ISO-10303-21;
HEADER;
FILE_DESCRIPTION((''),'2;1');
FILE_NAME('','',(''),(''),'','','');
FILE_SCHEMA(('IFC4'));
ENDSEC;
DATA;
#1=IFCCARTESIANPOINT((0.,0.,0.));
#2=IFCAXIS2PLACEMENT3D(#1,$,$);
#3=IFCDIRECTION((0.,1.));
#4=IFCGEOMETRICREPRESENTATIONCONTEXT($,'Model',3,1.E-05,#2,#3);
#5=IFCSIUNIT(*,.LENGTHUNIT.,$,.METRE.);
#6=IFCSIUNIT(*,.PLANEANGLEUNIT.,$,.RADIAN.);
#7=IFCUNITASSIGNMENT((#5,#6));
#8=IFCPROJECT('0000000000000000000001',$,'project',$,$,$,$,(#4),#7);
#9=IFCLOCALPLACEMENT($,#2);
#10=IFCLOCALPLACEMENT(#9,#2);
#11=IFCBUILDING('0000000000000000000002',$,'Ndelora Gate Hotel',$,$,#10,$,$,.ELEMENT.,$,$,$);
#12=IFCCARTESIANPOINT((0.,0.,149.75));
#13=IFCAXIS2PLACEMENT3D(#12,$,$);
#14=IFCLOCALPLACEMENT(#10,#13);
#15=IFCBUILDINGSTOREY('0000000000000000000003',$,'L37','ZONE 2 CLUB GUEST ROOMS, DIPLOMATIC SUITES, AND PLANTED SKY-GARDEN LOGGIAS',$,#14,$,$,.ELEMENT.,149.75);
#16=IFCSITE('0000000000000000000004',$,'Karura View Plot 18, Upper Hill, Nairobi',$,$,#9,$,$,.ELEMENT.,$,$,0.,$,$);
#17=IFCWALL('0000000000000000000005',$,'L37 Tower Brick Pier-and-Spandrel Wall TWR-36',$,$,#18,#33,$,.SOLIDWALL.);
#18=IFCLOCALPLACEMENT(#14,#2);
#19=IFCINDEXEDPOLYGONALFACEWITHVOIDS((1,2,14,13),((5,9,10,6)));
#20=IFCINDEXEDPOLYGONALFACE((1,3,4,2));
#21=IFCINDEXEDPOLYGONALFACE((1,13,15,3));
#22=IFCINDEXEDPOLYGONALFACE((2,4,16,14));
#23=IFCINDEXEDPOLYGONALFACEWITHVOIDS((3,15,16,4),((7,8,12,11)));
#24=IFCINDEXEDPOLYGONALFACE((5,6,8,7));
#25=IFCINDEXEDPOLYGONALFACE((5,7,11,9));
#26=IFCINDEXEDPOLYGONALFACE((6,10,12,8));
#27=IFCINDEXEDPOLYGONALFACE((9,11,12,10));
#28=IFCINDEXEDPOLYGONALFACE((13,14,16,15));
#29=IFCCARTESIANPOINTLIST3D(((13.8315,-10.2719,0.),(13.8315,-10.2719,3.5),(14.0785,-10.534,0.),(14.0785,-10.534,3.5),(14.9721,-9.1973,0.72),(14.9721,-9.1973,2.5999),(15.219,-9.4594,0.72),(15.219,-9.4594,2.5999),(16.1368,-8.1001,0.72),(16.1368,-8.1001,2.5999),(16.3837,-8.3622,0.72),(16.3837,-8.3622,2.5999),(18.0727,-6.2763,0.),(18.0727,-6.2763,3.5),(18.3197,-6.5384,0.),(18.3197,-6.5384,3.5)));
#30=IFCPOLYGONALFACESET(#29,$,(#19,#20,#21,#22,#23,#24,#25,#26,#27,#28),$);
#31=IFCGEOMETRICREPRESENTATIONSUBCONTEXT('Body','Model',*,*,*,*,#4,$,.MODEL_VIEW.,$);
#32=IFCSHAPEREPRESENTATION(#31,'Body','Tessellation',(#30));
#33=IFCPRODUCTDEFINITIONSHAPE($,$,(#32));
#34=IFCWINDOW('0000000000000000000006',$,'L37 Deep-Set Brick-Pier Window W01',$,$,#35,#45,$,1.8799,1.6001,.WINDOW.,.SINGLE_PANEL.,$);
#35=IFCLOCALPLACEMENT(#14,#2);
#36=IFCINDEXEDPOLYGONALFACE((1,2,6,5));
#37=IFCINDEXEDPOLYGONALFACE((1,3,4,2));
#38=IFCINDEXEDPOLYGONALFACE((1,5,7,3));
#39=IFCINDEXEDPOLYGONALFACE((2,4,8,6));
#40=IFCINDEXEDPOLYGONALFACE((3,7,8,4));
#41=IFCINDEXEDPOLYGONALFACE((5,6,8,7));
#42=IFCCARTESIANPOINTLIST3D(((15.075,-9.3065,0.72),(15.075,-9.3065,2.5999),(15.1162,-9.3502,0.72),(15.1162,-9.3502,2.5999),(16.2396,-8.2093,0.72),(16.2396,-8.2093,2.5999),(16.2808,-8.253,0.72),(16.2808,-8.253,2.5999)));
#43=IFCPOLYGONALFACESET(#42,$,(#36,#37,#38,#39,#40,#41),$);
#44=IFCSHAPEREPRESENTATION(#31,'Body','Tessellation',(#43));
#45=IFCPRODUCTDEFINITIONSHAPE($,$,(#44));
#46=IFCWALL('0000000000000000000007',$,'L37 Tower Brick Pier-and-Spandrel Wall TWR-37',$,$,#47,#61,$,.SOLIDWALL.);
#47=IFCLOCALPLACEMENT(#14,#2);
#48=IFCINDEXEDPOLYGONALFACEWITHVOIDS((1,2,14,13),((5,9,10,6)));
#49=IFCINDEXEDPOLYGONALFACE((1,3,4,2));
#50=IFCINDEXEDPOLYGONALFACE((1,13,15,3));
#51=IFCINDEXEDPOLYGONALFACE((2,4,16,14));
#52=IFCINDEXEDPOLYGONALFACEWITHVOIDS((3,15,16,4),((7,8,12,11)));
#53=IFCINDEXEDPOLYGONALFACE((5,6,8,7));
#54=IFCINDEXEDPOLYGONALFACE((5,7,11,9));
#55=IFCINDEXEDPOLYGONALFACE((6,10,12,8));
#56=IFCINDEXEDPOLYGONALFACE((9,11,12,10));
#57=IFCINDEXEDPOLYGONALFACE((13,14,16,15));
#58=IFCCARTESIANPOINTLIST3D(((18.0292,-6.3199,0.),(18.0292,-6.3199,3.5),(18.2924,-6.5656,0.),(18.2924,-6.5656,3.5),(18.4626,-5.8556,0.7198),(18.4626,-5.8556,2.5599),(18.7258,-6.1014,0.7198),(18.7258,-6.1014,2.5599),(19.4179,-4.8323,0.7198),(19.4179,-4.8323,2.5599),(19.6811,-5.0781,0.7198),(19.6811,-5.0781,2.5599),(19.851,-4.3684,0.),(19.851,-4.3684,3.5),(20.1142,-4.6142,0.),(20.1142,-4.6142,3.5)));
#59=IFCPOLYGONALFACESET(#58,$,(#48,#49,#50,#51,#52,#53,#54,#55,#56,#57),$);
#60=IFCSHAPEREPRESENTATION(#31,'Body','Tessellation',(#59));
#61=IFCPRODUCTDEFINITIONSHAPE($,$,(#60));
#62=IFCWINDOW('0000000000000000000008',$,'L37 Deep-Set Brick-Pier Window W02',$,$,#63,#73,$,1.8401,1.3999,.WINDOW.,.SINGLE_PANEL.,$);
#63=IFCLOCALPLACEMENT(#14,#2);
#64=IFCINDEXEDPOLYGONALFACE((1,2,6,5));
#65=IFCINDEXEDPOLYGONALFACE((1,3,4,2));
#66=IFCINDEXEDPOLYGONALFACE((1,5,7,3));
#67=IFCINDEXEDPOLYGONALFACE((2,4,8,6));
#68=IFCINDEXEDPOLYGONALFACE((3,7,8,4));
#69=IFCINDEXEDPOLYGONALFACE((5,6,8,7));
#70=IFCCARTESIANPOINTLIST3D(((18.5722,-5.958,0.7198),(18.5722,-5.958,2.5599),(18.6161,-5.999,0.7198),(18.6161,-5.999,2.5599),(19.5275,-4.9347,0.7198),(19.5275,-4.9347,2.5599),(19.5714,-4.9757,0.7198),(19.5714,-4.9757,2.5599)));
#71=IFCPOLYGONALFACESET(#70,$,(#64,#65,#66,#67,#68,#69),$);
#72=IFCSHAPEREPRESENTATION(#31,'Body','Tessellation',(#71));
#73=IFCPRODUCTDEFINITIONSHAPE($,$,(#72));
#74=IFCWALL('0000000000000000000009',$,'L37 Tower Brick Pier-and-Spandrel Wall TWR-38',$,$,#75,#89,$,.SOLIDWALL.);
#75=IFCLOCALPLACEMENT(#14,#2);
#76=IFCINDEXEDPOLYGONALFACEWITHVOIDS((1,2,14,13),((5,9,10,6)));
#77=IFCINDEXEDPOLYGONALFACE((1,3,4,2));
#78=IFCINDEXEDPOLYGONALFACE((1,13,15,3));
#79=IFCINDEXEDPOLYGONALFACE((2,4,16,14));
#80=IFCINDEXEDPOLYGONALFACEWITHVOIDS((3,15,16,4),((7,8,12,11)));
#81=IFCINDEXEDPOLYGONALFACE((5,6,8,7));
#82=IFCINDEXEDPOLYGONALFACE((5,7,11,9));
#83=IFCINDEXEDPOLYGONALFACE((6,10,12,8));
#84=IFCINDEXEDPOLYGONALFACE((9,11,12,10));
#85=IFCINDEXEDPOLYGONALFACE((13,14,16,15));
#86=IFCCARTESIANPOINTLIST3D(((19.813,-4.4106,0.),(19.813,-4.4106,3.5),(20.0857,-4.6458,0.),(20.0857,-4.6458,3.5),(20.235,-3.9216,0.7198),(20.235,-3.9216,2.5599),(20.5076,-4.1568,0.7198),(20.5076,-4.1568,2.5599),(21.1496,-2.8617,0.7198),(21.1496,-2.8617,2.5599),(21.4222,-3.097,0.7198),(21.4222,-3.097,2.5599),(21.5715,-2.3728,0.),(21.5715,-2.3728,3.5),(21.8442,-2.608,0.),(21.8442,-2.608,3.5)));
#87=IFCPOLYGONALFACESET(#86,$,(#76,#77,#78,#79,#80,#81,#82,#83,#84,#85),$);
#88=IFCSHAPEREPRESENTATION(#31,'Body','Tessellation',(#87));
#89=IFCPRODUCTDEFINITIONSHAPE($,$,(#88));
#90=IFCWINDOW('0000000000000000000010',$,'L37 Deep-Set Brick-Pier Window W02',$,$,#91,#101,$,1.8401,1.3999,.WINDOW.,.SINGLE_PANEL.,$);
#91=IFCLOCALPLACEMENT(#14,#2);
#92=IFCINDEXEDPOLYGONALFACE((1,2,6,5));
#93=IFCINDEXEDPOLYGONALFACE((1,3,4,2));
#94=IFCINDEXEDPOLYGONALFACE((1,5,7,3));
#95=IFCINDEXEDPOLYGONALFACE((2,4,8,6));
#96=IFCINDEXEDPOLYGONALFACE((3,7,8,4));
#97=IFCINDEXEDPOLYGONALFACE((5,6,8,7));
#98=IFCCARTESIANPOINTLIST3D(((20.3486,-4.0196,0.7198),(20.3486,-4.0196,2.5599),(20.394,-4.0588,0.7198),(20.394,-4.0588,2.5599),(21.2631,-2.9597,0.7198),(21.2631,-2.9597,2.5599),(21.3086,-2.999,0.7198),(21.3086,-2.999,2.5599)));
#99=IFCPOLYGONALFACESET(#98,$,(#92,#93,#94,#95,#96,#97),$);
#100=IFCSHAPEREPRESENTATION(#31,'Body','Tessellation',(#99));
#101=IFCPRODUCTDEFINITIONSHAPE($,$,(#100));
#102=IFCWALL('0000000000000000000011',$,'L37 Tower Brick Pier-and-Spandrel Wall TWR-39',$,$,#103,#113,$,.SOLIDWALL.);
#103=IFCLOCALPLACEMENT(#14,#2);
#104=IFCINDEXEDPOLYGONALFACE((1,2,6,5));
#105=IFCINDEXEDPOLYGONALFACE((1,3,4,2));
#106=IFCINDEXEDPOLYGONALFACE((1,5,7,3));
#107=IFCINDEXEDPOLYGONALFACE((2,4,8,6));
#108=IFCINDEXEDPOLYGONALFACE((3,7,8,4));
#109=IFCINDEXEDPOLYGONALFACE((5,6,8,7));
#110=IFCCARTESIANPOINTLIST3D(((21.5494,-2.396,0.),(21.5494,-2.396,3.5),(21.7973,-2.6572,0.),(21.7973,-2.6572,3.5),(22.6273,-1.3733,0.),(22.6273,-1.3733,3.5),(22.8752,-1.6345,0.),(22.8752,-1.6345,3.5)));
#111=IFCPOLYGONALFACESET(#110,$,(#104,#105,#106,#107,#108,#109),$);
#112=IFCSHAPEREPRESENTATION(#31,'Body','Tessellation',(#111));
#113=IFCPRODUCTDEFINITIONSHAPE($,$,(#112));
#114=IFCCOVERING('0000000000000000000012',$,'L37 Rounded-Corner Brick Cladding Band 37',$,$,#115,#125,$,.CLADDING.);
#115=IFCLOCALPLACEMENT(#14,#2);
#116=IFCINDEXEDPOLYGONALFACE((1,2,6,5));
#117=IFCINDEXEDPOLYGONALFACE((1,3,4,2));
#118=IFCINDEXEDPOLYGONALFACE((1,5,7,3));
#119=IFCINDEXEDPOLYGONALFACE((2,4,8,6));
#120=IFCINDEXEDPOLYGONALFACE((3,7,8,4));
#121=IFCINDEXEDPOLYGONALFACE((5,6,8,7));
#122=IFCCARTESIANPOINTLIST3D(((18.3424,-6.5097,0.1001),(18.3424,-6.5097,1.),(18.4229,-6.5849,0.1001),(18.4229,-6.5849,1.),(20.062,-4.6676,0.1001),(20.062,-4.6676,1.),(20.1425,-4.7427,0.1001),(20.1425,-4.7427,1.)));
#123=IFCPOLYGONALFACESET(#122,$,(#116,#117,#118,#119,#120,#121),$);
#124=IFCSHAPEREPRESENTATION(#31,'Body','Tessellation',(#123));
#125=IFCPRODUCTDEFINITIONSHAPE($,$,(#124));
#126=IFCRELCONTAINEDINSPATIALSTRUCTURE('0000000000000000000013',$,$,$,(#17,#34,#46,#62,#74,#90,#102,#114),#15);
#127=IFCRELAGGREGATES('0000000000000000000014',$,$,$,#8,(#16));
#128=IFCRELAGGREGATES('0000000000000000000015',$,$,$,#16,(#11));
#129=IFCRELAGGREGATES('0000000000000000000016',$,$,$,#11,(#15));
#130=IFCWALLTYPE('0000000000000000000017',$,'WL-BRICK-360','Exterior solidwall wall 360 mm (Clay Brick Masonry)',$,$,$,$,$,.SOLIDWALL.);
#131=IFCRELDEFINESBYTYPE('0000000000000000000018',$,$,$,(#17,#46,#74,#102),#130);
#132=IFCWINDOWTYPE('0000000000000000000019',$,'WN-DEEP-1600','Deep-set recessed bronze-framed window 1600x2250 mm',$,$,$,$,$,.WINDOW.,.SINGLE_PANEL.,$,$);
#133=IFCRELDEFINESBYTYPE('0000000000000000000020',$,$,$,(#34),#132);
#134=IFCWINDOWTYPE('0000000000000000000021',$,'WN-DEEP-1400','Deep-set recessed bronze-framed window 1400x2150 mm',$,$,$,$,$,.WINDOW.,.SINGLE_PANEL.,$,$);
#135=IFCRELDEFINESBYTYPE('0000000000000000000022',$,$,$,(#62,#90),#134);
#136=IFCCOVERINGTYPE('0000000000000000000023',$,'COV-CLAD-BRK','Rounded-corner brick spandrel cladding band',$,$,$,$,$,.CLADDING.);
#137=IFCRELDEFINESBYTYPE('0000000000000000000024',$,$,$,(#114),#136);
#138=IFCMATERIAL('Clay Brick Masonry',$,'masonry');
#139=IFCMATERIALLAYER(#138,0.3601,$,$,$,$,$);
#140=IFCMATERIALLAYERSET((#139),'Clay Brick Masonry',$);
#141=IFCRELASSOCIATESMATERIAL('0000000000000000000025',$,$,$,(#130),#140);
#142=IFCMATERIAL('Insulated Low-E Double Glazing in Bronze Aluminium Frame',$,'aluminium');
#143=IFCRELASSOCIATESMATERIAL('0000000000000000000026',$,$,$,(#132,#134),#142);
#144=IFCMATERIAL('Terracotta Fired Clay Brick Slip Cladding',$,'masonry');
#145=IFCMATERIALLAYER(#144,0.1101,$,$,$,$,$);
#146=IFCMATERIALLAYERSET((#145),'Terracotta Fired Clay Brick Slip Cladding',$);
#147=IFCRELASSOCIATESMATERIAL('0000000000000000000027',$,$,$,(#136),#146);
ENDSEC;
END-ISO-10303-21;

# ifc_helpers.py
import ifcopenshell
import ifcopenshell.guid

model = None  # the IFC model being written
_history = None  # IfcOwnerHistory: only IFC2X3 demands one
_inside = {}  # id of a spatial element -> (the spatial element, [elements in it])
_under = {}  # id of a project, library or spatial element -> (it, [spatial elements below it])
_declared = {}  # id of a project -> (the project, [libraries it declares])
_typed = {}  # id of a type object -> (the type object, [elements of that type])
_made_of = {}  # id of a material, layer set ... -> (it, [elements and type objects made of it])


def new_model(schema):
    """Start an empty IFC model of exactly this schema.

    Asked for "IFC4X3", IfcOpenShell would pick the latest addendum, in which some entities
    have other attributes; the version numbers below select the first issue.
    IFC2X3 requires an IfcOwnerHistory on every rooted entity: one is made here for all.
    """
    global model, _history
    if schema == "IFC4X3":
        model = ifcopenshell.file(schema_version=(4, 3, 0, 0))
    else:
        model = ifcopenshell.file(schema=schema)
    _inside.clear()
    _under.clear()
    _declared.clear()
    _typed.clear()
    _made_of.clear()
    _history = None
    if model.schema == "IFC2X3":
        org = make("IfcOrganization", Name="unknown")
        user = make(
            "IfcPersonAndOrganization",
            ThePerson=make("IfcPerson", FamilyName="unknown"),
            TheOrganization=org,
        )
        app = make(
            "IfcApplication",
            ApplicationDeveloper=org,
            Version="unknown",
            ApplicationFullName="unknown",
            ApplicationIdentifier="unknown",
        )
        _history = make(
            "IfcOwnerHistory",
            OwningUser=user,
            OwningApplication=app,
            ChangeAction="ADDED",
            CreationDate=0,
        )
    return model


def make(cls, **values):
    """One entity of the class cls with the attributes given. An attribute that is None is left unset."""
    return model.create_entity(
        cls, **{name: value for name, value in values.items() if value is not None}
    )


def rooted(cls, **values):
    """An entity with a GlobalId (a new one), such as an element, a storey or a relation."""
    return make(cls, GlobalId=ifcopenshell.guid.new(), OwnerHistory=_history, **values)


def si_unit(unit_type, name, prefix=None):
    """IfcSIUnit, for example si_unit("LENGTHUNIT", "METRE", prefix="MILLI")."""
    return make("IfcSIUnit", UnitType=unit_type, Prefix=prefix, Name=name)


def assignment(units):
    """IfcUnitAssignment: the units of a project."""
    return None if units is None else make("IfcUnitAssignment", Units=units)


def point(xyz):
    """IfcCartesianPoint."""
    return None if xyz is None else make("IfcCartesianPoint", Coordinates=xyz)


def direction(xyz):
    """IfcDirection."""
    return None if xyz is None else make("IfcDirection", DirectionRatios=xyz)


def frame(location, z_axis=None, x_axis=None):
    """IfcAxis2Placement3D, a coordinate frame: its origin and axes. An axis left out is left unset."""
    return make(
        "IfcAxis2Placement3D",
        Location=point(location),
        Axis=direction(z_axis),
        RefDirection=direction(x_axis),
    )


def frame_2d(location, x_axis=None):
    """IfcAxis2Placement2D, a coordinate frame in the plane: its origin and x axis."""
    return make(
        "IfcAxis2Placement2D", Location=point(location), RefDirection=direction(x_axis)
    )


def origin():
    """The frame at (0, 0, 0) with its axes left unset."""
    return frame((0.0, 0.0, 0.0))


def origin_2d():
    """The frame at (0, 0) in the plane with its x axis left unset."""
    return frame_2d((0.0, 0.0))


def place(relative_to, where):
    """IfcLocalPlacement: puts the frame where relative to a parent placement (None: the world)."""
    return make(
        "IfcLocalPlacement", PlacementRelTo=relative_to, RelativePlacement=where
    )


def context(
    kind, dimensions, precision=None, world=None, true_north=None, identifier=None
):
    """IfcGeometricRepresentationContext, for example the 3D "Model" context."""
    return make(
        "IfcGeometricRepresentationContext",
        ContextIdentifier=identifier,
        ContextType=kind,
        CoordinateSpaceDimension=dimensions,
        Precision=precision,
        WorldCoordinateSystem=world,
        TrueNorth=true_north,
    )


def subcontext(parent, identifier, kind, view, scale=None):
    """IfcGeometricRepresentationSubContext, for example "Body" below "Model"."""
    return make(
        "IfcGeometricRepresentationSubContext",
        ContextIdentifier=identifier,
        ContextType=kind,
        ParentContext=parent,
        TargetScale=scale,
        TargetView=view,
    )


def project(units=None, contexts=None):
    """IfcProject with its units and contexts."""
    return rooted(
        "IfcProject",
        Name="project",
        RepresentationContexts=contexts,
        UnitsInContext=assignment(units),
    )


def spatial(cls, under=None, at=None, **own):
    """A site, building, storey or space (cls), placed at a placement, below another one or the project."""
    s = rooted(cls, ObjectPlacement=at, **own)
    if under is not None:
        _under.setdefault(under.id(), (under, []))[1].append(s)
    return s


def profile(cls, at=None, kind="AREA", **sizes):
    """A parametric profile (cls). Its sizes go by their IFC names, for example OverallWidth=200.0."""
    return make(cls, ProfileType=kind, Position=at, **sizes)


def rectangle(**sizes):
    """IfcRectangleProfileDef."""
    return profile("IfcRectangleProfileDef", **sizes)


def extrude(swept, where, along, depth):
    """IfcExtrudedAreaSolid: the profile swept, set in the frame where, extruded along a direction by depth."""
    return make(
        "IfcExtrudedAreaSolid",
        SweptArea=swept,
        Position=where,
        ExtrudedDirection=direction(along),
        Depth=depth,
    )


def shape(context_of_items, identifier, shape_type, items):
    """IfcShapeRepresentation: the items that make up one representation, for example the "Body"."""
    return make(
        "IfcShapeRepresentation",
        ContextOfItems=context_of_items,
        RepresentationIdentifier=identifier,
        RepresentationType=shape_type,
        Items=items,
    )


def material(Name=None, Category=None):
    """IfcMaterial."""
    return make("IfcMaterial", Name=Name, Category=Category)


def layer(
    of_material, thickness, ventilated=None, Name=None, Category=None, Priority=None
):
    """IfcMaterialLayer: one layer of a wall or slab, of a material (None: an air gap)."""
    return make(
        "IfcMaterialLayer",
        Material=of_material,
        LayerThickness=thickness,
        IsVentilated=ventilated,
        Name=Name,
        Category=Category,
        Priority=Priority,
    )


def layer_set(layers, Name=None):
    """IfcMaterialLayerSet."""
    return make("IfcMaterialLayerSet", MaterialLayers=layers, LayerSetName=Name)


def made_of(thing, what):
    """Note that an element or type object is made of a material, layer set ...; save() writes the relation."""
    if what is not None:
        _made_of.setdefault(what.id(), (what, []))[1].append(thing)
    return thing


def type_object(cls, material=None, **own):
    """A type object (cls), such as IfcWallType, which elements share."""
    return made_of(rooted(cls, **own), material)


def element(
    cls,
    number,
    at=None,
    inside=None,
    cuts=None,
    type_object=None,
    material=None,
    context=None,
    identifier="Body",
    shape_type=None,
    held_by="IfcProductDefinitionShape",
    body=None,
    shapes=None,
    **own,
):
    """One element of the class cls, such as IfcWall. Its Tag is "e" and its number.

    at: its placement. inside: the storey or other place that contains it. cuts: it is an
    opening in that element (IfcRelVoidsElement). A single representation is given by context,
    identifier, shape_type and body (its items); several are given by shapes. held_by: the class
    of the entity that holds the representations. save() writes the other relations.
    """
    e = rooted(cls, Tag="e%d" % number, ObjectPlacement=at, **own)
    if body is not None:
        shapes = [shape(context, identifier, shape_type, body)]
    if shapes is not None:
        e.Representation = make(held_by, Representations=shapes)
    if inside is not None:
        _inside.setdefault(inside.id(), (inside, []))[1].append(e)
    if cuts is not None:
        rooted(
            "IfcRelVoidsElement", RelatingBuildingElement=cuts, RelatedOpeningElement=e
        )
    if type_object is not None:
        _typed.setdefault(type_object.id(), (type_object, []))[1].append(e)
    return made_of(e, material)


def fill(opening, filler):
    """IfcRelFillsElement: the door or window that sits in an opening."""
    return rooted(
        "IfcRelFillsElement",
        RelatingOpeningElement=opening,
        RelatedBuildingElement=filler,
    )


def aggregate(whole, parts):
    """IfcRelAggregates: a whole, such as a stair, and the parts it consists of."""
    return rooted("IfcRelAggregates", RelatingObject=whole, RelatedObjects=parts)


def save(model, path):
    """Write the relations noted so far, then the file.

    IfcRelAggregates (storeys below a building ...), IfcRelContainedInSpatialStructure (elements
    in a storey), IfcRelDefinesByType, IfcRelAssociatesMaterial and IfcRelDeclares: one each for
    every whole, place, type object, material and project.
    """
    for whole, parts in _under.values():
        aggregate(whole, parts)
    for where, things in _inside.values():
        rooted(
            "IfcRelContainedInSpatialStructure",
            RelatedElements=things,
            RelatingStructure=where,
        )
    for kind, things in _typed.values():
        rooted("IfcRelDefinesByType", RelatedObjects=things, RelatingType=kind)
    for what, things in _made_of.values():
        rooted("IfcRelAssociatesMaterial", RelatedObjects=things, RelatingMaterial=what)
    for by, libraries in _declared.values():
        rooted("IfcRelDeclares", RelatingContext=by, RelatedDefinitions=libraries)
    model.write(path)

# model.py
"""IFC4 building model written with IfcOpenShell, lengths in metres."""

from ifc_helpers import new_model, si_unit, direction, frame, frame_2d, origin, origin_2d, place, context, subcontext, project, spatial, rectangle, extrude, material, layer, layer_set, type_object, element, fill, save


model = new_model("IFC4")

# Units and contexts
model_context = context("Model", 3, precision=1e-05, world=origin(), true_north=direction((0.0, 1.0)))
body_context = subcontext(model_context, "Body", "Model", "MODEL_VIEW")
ifc_project = project(units=[si_unit("LENGTHUNIT", "METRE"), si_unit("PLANEANGLEUNIT", "RADIAN")], contexts=[model_context])

# Site, building, storey
site_placement = place(None, origin())
site = spatial("IfcSite", under=ifc_project, at=site_placement, Name="Karura View Plot 18, Upper Hill, Nairobi", CompositionType="ELEMENT", RefElevation=0.0)
building_placement = place(site_placement, origin())
building = spatial("IfcBuilding", under=site, at=building_placement, Name="Ndelora Gate Hotel", CompositionType="ELEMENT")
storey_placement = place(building_placement, frame((0.0, 0.0, 149.75)))
storey = spatial("IfcBuildingStorey", under=building, at=storey_placement, Name="L37", Description="ZONE 2 CLUB GUEST ROOMS, DIPLOMATIC SUITES, AND PLANTED SKY-GARDEN LOGGIAS", CompositionType="ELEMENT", Elevation=149.75)

# Walls, openings, windows
ifc_material_1 = material(Name="Clay Brick Masonry", Category="masonry")
ifc_layer_1 = layer(ifc_material_1, 0.3601)
ifc_layer_set_1 = layer_set([ifc_layer_1], Name="Clay Brick Masonry")
wall_type = type_object("IfcWallType", Name="WL-BRICK-360", Description="Exterior solidwall wall 360 mm (Clay Brick Masonry)", PredefinedType="SOLIDWALL", material=ifc_layer_set_1)
wall_1_placement = place(storey_placement, frame((18.1963, -6.4072, 0.0), z_axis=(0.0, 0.0, 1.0), x_axis=(-0.727868, -0.685717, 0.0)))
wall_1 = element("IfcWall", 1, at=wall_1_placement, inside=storey, type_object=wall_type, Name="L37 Tower Brick Pier-and-Spandrel Wall TWR-36", PredefinedType="SOLIDWALL", context=body_context, shape_type="SweptSolid", body=[
    extrude(rectangle(XDim=5.8269, YDim=0.3601, at=frame_2d((2.9136, 0.0))), origin(), (0.0, 0.0, 1.0), 3.5),
])
opening_1_placement = place(wall_1_placement, frame((2.6599, 0.0, 0.72)))
opening_1 = element("IfcOpeningElement", 2, at=opening_1_placement, cuts=wall_1, PredefinedType="OPENING", context=body_context, shape_type="SweptSolid", body=[
    extrude(rectangle(XDim=1.6001, YDim=1.8799, at=frame_2d((0.8, 0.9399))), frame((0.0, 0.1899, 0.0), z_axis=(0.0, -1.0, 0.0), x_axis=(1.0, 0.0, 0.0)), (0.0, 0.0, 1.0), 0.3801),
])
ifc_material_2 = material(Name="Insulated Low-E Double Glazing in Bronze Aluminium Frame", Category="aluminium")
window_type_1 = type_object("IfcWindowType", Name="WN-DEEP-1600", Description="Deep-set recessed bronze-framed window 1600x2250 mm", PartitioningType="SINGLE_PANEL", PredefinedType="WINDOW", material=ifc_material_2)
window_1_placement = place(opening_1_placement, origin())
window_1 = element("IfcWindow", 3, at=window_1_placement, inside=storey, type_object=window_type_1, Name="L37 Deep-Set Brick-Pier Window W01", OverallHeight=1.8799, OverallWidth=1.6001, PartitioningType="SINGLE_PANEL", PredefinedType="WINDOW", context=body_context, shape_type="SweptSolid", body=[
    extrude(rectangle(XDim=1.6001, YDim=1.8799, at=frame_2d((0.8, 0.9399))), frame((0.0, 0.03, 0.0), z_axis=(0.0, -1.0, 0.0), x_axis=(1.0, 0.0, 0.0)), (0.0, 0.0, 1.0), 0.0601),
])
fill(opening_1, window_1)
wall_2_placement = place(storey_placement, frame((19.9827, -4.4912, 0.0), z_axis=(0.0, 0.0, 1.0), x_axis=(-0.682409, -0.73097, 0.0)))
wall_2 = element("IfcWall", 4, at=wall_2_placement, inside=storey, type_object=wall_type, Name="L37 Tower Brick Pier-and-Spandrel Wall TWR-37", PredefinedType="SOLIDWALL", context=body_context, shape_type="SweptSolid", body=[
    extrude(rectangle(XDim=2.6697, YDim=0.3601, at=frame_2d((1.335, 0.0))), origin(), (0.0, 0.0, 1.0), 3.5),
])
opening_2_placement = place(wall_2_placement, frame((0.6348, 0.0, 0.72)))
opening_2 = element("IfcOpeningElement", 5, at=opening_2_placement, cuts=wall_2, PredefinedType="OPENING", context=body_context, shape_type="SweptSolid", body=[
    extrude(rectangle(XDim=1.3999, YDim=1.8401, at=frame_2d((0.7, 0.9199))), frame((0.0, 0.1899, 0.0), z_axis=(0.0, -1.0, 0.0), x_axis=(1.0, 0.0, 0.0)), (0.0, 0.0, 1.0), 0.3801),
])
window_type_2 = type_object("IfcWindowType", Name="WN-DEEP-1400", Description="Deep-set recessed bronze-framed window 1400x2150 mm", PartitioningType="SINGLE_PANEL", PredefinedType="WINDOW", material=ifc_material_2)
window_2_placement = place(opening_2_placement, origin())
window_2 = element("IfcWindow", 6, at=window_2_placement, inside=storey, type_object=window_type_2, Name="L37 Deep-Set Brick-Pier Window W02", OverallHeight=1.8401, OverallWidth=1.3999, PartitioningType="SINGLE_PANEL", PredefinedType="WINDOW", context=body_context, shape_type="SweptSolid", body=[
    extrude(rectangle(XDim=1.3999, YDim=1.8401, at=frame_2d((0.7, 0.9199))), frame((0.0, 0.03, 0.0), z_axis=(0.0, -1.0, 0.0), x_axis=(1.0, 0.0, 0.0)), (0.0, 0.0, 1.0), 0.0601),
])
fill(opening_2, window_2)
wall_3_placement = place(storey_placement, frame((21.7078, -2.4905, 0.0), z_axis=(0.0, 0.0, 1.0), x_axis=(-0.65332, -0.757082, 0.0)))
wall_3 = element("IfcWall", 7, at=wall_3_placement, inside=storey, type_object=wall_type, Name="L37 Tower Brick Pier-and-Spandrel Wall TWR-38", PredefinedType="SOLIDWALL", context=body_context, shape_type="SweptSolid", body=[
    extrude(rectangle(XDim=2.6917, YDim=0.3601, at=frame_2d((1.3457, 0.0))), origin(), (0.0, 0.0, 1.0), 3.5),
])
opening_3_placement = place(wall_3_placement, frame((0.6458, 0.0, 0.72)))
opening_3 = element("IfcOpeningElement", 8, at=opening_3_placement, cuts=wall_3, PredefinedType="OPENING", context=body_context, shape_type="SweptSolid", body=[
    extrude(rectangle(XDim=1.3999, YDim=1.8401, at=frame_2d((0.7, 0.9199))), frame((0.0, 0.1899, 0.0), z_axis=(0.0, -1.0, 0.0), x_axis=(1.0, 0.0, 0.0)), (0.0, 0.0, 1.0), 0.3801),
])
window_3_placement = place(opening_3_placement, origin())
window_3 = element("IfcWindow", 9, at=window_3_placement, inside=storey, type_object=window_type_2, Name="L37 Deep-Set Brick-Pier Window W02", OverallHeight=1.8401, OverallWidth=1.3999, PartitioningType="SINGLE_PANEL", PredefinedType="WINDOW", context=body_context, shape_type="SweptSolid", body=[
    extrude(rectangle(XDim=1.3999, YDim=1.8401, at=frame_2d((0.7, 0.9199))), frame((0.0, 0.03, 0.0), z_axis=(0.0, -1.0, 0.0), x_axis=(1.0, 0.0, 0.0)), (0.0, 0.0, 1.0), 0.0601),
])
fill(opening_3, window_3)

# Wall
wall_4_placement = place(storey_placement, frame((22.7512, -1.5039, 0.0), z_axis=(0.0, 0.0, 1.0), x_axis=(-0.72543, -0.688296, 0.0)))
element("IfcWall", 10, at=wall_4_placement, inside=storey, type_object=wall_type, Name="L37 Tower Brick Pier-and-Spandrel Wall TWR-39", PredefinedType="SOLIDWALL", context=body_context, shape_type="SweptSolid", body=[
    extrude(rectangle(XDim=1.4858, YDim=0.3601, at=frame_2d((0.7429, 0.0))), origin(), (0.0, 0.0, 1.0), 3.5),
])

# Covering
ifc_material_3 = material(Name="Terracotta Fired Clay Brick Slip Cladding", Category="masonry")
ifc_layer_2 = layer(ifc_material_3, 0.1101)
ifc_layer_set_2 = layer_set([ifc_layer_2], Name="Terracotta Fired Clay Brick Slip Cladding")
covering_type = type_object("IfcCoveringType", Name="COV-CLAD-BRK", Description="Rounded-corner brick spandrel cladding band", PredefinedType="CLADDING", material=ifc_layer_set_2)
covering_placement = place(storey_placement, frame((19.2424, -5.6262, 0.1001), z_axis=(0.0, 0.0, 1.0), x_axis=(0.682381, 0.730997, 0.0)))
element("IfcCovering", 11, at=covering_placement, inside=storey, type_object=covering_type, Name="L37 Rounded-Corner Brick Cladding Band 37", PredefinedType="CLADDING", context=body_context, shape_type="SweptSolid", body=[
    extrude(rectangle(XDim=2.52, YDim=0.1101, at=origin_2d()), origin(), (0.0, 0.0, 1.0), 0.8999),
])

save(model, "model.ifc")
